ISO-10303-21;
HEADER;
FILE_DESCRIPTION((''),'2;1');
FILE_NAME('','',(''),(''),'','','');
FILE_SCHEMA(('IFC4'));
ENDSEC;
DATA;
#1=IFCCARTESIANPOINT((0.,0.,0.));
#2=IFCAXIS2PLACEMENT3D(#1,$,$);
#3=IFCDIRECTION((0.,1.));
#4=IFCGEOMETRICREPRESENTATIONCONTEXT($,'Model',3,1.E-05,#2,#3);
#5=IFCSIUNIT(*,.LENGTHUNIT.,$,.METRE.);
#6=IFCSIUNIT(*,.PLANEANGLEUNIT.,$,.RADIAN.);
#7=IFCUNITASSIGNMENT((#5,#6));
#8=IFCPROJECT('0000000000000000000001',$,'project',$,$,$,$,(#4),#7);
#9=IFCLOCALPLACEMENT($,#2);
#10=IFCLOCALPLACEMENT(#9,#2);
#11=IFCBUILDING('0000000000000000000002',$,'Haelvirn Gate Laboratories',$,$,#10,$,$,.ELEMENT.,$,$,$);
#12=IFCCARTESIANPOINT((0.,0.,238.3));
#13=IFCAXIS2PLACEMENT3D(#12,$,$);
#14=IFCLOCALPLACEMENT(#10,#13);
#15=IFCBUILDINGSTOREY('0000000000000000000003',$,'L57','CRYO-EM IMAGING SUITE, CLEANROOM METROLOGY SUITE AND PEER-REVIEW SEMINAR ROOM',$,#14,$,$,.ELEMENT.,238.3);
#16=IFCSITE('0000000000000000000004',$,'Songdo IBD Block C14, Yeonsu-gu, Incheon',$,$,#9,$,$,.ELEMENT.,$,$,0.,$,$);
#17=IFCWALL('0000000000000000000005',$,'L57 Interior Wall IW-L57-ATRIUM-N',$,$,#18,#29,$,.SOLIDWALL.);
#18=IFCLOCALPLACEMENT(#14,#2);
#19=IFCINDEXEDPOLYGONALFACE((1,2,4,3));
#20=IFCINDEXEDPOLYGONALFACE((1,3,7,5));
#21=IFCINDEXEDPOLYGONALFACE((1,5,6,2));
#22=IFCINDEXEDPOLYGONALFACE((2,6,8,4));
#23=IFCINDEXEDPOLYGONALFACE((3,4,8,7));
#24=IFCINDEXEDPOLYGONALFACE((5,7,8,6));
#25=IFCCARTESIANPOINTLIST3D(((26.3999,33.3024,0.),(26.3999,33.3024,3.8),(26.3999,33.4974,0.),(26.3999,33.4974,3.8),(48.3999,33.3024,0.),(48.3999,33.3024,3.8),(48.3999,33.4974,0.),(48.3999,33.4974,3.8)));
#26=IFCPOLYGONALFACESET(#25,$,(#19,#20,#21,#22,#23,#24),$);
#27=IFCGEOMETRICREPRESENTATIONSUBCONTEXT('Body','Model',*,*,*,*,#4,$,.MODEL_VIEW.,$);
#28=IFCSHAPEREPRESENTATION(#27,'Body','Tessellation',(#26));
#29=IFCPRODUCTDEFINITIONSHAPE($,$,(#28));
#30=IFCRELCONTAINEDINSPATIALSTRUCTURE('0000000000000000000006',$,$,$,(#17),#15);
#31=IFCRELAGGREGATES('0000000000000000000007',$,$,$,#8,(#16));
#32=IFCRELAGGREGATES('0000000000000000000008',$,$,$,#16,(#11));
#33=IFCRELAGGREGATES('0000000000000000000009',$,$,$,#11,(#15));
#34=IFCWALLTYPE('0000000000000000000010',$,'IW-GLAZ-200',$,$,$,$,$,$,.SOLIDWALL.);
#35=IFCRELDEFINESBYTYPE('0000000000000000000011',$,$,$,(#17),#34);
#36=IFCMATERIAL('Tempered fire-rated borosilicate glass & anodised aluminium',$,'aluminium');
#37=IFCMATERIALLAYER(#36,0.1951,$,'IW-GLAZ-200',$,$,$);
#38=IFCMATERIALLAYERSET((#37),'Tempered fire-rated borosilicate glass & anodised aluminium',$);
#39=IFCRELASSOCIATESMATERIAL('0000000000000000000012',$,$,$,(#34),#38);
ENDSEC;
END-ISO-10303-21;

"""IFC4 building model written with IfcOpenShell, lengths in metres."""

from ifc_helpers import new_model, si_unit, direction, frame, frame_2d, origin, place, context, subcontext, project, spatial, rectangle, extrude, material, layer, layer_set, type_object, element, save


model = new_model("IFC4")

# Units and contexts
model_context = context("Model", 3, precision=1e-05, world=origin(), true_north=direction((0.0, 1.0)))
body_context = subcontext(model_context, "Body", "Model", "MODEL_VIEW")
ifc_project = project(units=[si_unit("LENGTHUNIT", "METRE"), si_unit("PLANEANGLEUNIT", "RADIAN")], contexts=[model_context])

# Site, building, storey
site_placement = place(None, origin())
site = spatial("IfcSite", under=ifc_project, at=site_placement, Name="Songdo IBD Block C14, Yeonsu-gu, Incheon", CompositionType="ELEMENT", RefElevation=0.0)
building_placement = place(site_placement, origin())
building = spatial("IfcBuilding", under=site, at=building_placement, Name="Haelvirn Gate Laboratories", CompositionType="ELEMENT")
storey_placement = place(building_placement, frame((0.0, 0.0, 238.3)))
storey = spatial("IfcBuildingStorey", under=building, at=storey_placement, Name="L57", Description="CRYO-EM IMAGING SUITE, CLEANROOM METROLOGY SUITE AND PEER-REVIEW SEMINAR ROOM", CompositionType="ELEMENT", Elevation=238.3)

# Wall
ifc_material_1 = material(Name="Tempered fire-rated borosilicate glass & anodised aluminium", Category="aluminium")
ifc_layer_1 = layer(ifc_material_1, 0.1951, Name="IW-GLAZ-200")
ifc_layer_set_1 = layer_set([ifc_layer_1], Name="Tempered fire-rated borosilicate glass & anodised aluminium")
wall_type_1 = type_object("IfcWallType", Name="IW-GLAZ-200", PredefinedType="SOLIDWALL", material=ifc_layer_set_1)
wall_1_placement = place(storey_placement, frame((26.3999, 33.3999, 0.0), z_axis=(0.0, 0.0, 1.0), x_axis=(1.0, 0.0, 0.0)))
element("IfcWall", 1, at=wall_1_placement, inside=storey, type_object=wall_type_1, Name="L57 Interior Wall IW-L57-ATRIUM-N", PredefinedType="SOLIDWALL", context=body_context, shape_type="SweptSolid", body=[
    extrude(rectangle(XDim=22.0, YDim=0.1951, at=frame_2d((11.0, 0.0))), origin(), (0.0, 0.0, 1.0), 3.8),
])

save(model, "model.ifc")
